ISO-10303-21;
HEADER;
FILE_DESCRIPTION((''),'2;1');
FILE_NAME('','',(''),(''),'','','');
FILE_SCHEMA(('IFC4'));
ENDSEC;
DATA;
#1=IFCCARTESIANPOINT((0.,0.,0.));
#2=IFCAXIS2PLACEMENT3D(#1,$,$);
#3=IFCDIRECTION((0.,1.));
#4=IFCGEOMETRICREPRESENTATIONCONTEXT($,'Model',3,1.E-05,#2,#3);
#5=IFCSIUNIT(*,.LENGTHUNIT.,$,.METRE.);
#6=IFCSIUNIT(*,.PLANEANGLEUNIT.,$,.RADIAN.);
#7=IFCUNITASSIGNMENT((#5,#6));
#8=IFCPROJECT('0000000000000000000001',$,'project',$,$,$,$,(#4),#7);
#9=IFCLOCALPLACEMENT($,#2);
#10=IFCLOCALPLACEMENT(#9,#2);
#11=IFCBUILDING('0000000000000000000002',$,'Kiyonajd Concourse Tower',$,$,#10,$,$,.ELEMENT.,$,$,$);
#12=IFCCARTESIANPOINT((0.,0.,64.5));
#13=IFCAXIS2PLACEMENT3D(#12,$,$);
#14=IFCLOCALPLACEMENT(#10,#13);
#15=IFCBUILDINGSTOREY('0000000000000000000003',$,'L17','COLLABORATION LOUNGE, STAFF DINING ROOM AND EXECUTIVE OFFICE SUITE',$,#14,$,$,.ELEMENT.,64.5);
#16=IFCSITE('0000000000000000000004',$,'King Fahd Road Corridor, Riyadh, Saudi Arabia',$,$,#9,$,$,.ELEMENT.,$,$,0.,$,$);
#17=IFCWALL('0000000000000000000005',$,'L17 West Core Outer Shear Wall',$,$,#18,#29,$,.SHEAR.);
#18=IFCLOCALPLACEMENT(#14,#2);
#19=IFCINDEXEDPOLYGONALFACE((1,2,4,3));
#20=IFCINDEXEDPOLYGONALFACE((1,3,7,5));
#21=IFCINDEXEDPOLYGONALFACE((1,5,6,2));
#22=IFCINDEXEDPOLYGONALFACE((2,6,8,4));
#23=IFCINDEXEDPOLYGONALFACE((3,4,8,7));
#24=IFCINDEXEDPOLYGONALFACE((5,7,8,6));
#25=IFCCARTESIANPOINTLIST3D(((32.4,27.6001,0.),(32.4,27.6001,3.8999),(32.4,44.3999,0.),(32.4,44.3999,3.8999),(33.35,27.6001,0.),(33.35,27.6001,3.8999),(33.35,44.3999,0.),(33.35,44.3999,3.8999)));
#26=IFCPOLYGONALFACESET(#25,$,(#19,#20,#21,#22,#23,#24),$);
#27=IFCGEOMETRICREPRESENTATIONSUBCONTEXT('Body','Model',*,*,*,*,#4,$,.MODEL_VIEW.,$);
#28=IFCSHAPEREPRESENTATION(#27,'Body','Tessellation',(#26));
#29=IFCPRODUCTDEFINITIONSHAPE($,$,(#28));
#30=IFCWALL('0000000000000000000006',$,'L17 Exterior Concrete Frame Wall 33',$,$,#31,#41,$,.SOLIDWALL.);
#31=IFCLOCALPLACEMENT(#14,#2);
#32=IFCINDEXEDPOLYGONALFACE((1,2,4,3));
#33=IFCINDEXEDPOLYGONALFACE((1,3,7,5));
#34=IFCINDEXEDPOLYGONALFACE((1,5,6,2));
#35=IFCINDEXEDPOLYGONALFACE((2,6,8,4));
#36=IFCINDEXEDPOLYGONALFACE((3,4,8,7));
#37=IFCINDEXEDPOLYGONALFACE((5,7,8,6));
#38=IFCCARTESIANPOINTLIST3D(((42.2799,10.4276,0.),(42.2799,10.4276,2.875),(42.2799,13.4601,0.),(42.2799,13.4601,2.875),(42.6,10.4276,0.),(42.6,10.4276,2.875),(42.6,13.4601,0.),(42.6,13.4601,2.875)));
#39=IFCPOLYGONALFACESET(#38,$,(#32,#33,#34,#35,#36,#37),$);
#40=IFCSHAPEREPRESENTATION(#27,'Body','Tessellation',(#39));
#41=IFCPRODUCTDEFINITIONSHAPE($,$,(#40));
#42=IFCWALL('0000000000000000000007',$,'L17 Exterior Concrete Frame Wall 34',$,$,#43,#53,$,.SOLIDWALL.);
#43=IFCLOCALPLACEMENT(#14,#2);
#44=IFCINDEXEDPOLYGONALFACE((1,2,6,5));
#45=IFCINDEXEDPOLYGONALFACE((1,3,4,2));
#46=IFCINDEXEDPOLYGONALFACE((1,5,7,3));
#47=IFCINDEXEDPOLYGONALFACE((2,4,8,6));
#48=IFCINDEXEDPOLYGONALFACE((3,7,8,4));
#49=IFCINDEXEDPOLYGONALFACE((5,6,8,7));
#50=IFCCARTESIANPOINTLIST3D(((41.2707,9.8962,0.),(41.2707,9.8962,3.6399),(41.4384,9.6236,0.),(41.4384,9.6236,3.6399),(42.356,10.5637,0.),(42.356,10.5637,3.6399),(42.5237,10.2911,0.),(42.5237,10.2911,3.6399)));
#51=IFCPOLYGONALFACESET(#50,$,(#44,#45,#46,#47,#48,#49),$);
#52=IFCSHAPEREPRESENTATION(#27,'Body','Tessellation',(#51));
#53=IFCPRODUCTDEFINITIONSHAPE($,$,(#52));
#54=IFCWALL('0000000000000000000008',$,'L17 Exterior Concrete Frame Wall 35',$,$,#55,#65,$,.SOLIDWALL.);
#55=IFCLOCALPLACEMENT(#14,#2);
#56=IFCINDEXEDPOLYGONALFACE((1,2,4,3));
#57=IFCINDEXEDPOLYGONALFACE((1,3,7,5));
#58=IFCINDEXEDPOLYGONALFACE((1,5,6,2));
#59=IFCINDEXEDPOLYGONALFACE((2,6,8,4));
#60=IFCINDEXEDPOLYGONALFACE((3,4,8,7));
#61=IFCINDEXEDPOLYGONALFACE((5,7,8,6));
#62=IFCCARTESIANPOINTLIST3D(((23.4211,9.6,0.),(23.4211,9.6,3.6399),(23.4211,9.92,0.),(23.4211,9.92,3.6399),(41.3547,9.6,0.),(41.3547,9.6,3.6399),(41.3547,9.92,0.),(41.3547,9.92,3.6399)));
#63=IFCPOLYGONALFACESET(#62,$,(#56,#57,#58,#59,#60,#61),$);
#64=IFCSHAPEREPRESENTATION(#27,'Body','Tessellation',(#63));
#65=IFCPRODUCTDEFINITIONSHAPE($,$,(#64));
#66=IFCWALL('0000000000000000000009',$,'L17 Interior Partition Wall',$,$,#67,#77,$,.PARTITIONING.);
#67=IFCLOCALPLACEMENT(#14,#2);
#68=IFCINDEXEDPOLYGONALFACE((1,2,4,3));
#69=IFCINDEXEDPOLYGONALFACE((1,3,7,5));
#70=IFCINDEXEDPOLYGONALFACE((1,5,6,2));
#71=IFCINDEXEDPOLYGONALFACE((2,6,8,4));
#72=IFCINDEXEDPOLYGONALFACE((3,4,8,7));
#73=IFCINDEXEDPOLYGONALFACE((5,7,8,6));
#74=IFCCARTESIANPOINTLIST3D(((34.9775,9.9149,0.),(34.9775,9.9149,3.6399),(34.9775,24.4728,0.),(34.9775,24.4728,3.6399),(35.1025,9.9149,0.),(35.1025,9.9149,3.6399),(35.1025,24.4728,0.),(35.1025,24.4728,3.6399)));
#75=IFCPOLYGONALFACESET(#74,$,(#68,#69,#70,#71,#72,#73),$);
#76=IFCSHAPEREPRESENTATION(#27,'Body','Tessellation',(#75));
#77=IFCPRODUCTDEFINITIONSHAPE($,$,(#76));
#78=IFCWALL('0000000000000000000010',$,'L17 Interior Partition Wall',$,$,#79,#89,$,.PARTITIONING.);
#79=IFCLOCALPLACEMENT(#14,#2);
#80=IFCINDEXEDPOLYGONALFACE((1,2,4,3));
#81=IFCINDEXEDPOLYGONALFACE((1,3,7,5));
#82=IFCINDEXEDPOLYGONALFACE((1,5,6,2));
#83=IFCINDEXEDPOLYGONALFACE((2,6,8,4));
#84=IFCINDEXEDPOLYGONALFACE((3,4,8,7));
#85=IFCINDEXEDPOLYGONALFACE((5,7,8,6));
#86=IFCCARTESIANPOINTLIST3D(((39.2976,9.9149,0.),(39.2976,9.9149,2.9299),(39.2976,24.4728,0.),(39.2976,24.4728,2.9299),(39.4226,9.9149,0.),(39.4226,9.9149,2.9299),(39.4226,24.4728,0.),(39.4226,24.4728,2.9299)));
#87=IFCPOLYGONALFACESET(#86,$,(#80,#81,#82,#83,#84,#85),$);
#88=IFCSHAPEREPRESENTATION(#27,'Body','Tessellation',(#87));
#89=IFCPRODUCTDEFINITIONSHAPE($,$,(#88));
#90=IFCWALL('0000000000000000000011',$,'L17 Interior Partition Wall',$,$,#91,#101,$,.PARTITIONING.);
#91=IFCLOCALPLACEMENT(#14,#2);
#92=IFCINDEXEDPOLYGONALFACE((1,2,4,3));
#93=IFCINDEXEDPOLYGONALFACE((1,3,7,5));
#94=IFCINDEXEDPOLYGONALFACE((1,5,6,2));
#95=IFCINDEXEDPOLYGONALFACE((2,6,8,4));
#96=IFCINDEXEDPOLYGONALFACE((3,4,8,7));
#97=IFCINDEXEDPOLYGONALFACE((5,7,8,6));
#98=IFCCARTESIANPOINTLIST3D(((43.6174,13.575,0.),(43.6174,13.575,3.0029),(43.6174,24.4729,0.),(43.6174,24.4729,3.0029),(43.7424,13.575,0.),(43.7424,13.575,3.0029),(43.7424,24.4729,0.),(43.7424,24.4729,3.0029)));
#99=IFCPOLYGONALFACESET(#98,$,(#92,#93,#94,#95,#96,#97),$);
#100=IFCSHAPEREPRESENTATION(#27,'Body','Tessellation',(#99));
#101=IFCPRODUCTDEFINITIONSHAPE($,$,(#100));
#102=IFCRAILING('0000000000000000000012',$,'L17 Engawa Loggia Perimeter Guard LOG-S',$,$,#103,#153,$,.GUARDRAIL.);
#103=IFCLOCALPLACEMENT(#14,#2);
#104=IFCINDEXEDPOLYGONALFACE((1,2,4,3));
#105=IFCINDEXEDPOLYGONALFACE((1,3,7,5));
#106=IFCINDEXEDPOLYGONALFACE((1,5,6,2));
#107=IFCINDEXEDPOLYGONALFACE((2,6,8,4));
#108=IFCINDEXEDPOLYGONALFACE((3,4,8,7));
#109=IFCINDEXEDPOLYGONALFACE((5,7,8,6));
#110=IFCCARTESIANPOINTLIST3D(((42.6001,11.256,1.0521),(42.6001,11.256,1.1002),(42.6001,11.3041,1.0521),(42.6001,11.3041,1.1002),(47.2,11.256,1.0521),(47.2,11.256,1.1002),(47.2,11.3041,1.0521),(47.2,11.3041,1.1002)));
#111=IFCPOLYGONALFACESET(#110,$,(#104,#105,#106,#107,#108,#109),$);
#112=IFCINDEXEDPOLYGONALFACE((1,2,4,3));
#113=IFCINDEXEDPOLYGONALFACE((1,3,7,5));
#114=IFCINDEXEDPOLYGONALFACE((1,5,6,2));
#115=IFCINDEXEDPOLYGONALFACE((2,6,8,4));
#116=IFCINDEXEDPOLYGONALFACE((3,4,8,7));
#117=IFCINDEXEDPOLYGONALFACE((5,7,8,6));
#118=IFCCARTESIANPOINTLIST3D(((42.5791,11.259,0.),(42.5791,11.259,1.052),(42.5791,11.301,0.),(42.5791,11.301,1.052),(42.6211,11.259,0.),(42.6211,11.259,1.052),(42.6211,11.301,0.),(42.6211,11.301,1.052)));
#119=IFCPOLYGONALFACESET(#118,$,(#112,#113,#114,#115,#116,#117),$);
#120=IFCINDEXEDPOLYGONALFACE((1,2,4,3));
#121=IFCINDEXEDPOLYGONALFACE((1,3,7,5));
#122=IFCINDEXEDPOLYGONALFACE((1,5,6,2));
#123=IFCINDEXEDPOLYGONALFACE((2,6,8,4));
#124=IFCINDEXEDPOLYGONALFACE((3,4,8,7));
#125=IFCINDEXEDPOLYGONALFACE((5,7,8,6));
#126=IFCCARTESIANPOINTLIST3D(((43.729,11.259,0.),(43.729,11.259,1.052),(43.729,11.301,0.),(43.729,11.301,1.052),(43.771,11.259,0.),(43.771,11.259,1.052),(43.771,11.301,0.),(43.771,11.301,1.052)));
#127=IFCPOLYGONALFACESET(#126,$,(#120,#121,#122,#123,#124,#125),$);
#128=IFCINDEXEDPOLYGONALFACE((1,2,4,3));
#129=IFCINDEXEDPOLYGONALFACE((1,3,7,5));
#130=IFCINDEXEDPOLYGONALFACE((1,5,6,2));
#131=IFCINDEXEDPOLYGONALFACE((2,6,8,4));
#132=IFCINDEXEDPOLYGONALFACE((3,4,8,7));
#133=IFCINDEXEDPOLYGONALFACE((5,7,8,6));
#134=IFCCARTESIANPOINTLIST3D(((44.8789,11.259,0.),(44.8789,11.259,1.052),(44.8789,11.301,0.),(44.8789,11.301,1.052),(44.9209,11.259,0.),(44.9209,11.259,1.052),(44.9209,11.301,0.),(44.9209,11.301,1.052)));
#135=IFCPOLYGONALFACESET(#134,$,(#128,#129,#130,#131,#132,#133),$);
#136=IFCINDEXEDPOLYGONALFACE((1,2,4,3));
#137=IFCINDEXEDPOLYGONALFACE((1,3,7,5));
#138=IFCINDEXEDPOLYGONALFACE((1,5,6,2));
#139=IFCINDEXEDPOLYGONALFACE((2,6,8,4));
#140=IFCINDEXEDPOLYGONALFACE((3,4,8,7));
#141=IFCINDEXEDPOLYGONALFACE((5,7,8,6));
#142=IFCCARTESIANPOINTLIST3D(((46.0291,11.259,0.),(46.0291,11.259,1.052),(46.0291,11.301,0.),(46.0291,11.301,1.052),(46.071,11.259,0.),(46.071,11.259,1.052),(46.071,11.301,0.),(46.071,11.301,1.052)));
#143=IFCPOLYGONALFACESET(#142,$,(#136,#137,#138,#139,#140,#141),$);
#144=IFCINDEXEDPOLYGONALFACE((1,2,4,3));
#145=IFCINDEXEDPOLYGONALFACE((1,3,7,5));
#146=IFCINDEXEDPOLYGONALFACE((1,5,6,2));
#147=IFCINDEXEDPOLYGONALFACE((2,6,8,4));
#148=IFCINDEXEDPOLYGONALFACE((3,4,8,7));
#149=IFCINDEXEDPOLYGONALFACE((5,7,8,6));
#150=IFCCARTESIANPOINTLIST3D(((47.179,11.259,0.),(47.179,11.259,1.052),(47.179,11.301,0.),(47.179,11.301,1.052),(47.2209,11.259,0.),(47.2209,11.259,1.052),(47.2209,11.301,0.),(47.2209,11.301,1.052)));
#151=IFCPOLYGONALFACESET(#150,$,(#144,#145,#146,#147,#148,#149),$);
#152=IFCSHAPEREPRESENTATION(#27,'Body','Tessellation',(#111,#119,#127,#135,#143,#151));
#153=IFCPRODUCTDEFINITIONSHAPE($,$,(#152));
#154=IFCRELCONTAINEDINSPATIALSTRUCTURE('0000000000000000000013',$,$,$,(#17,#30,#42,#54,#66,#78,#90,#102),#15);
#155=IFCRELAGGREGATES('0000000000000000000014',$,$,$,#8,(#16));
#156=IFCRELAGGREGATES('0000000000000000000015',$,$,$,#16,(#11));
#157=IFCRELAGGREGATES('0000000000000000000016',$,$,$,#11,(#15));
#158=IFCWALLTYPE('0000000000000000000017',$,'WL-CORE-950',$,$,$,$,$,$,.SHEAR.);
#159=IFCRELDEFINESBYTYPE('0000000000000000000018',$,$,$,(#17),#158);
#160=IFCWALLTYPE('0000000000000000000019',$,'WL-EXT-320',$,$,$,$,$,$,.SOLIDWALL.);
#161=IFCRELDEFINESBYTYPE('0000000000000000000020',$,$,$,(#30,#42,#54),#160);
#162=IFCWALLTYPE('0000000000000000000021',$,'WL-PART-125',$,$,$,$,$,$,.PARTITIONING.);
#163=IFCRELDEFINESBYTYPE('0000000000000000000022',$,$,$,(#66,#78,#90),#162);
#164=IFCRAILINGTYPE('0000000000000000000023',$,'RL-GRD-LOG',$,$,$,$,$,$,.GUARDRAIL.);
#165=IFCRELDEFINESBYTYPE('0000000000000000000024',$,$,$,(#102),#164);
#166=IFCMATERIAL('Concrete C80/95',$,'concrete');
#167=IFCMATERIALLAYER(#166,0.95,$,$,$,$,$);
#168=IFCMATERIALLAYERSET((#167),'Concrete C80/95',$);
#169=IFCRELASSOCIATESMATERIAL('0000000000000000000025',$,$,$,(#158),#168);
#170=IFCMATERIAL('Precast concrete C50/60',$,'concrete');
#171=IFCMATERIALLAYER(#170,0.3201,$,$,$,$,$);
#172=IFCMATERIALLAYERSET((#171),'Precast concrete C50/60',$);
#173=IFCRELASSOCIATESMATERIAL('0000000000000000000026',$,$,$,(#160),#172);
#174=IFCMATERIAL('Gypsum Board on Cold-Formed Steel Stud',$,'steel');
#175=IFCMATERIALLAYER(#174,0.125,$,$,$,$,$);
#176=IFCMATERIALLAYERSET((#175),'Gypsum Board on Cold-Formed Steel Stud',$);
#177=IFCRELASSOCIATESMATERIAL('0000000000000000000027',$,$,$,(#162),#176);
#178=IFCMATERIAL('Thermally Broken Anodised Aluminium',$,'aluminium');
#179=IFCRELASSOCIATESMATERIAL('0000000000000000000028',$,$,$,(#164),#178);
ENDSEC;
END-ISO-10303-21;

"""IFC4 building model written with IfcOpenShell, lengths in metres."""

from ifc_helpers import new_model, si_unit, direction, frame, frame_2d, origin, origin_2d, place, context, subcontext, project, spatial, rectangle, extrude, material, layer, layer_set, type_object, element, save


model = new_model("IFC4")

# Units and contexts
model_context = context("Model", 3, precision=1e-05, world=origin(), true_north=direction((0.0, 1.0)))
body_context = subcontext(model_context, "Body", "Model", "MODEL_VIEW")
ifc_project = project(units=[si_unit("LENGTHUNIT", "METRE"), si_unit("PLANEANGLEUNIT", "RADIAN")], contexts=[model_context])

# Site, building, storey
site_placement = place(None, origin())
site = spatial("IfcSite", under=ifc_project, at=site_placement, Name="King Fahd Road Corridor, Riyadh, Saudi Arabia", CompositionType="ELEMENT", RefElevation=0.0)
building_placement = place(site_placement, origin())
building = spatial("IfcBuilding", under=site, at=building_placement, Name="Kiyonajd Concourse Tower", CompositionType="ELEMENT")
storey_placement = place(building_placement, frame((0.0, 0.0, 64.5)))
storey = spatial("IfcBuildingStorey", under=building, at=storey_placement, Name="L17", Description="COLLABORATION LOUNGE, STAFF DINING ROOM AND EXECUTIVE OFFICE SUITE", CompositionType="ELEMENT", Elevation=64.5)

# Shared definitions
ifc_material_1 = material(Name="Concrete C80/95", Category="concrete")

# Shared definitions
ifc_material_2 = material(Name="Precast concrete C50/60", Category="concrete")

# Shared definitions
ifc_material_3 = material(Name="Thermally Broken Anodised Aluminium", Category="aluminium")

# Walls
ifc_layer_1 = layer(ifc_material_1, 0.95)
ifc_layer_set_1 = layer_set([ifc_layer_1], Name="Concrete C80/95")
wall_type_1 = type_object("IfcWallType", Name="WL-CORE-950", PredefinedType="SHEAR", material=ifc_layer_set_1)
wall_1_placement = place(storey_placement, frame((32.875, 27.6001, 0.0), z_axis=(0.0, 0.0, 1.0), x_axis=(0.0, 1.0, 0.0)))
element("IfcWall", 1, at=wall_1_placement, inside=storey, type_object=wall_type_1, Name="L17 West Core Outer Shear Wall", PredefinedType="SHEAR", context=body_context, shape_type="SweptSolid", body=[
    extrude(rectangle(XDim=16.7998, YDim=0.95, at=frame_2d((8.3999, 0.0))), origin(), (0.0, 0.0, 1.0), 3.8999),
])
ifc_layer_2 = layer(ifc_material_2, 0.3201)
ifc_layer_set_2 = layer_set([ifc_layer_2], Name="Precast concrete C50/60")
wall_type_2 = type_object("IfcWallType", Name="WL-EXT-320", PredefinedType="SOLIDWALL", material=ifc_layer_set_2)
wall_2_placement = place(storey_placement, frame((42.4399, 13.46, 0.0), z_axis=(0.0, 0.0, 1.0), x_axis=(0.0, -1.0, 0.0)))
element("IfcWall", 2, at=wall_2_placement, inside=storey, type_object=wall_type_2, Name="L17 Exterior Concrete Frame Wall 33", PredefinedType="SOLIDWALL", context=body_context, shape_type="SweptSolid", body=[
    extrude(rectangle(XDim=3.0325, YDim=0.3201, at=frame_2d((1.5161, 0.0))), origin(), (0.0, 0.0, 1.0), 2.875),
])
wall_3_placement = place(storey_placement, frame((42.4399, 10.4275, 0.0), z_axis=(0.0, 0.0, 1.0), x_axis=(-0.851777, -0.523905, 0.0)))
element("IfcWall", 3, at=wall_3_placement, inside=storey, type_object=wall_type_2, Name="L17 Exterior Concrete Frame Wall 34", PredefinedType="SOLIDWALL", context=body_context, shape_type="SweptSolid", body=[
    extrude(rectangle(XDim=1.2742, YDim=0.3201, at=frame_2d((0.6372, 0.0))), origin(), (0.0, 0.0, 1.0), 3.6399),
])
wall_4_placement = place(storey_placement, frame((41.3547, 9.76, 0.0), z_axis=(0.0, 0.0, 1.0), x_axis=(-1.0, 0.0, 0.0)))
element("IfcWall", 4, at=wall_4_placement, inside=storey, type_object=wall_type_2, Name="L17 Exterior Concrete Frame Wall 35", PredefinedType="SOLIDWALL", context=body_context, shape_type="SweptSolid", body=[
    extrude(rectangle(XDim=17.9336, YDim=0.3201, at=frame_2d((8.9668, 0.0))), origin(), (0.0, 0.0, 1.0), 3.6399),
])
ifc_material_4 = material(Name="Gypsum Board on Cold-Formed Steel Stud", Category="steel")
ifc_layer_3 = layer(ifc_material_4, 0.125)
ifc_layer_set_3 = layer_set([ifc_layer_3], Name="Gypsum Board on Cold-Formed Steel Stud")
wall_type_3 = type_object("IfcWallType", Name="WL-PART-125", PredefinedType="PARTITIONING", material=ifc_layer_set_3)
wall_5_placement = place(storey_placement, frame((35.04, 9.915, 0.0), z_axis=(0.0, 0.0, 1.0), x_axis=(0.0, 1.0, 0.0)))
element("IfcWall", 5, at=wall_5_placement, inside=storey, type_object=wall_type_3, Name="L17 Interior Partition Wall", PredefinedType="PARTITIONING", context=body_context, shape_type="SweptSolid", body=[
    extrude(rectangle(XDim=14.5579, YDim=0.125, at=frame_2d((7.2788, 0.0))), origin(), (0.0, 0.0, 1.0), 3.6399),
])
wall_6_placement = place(storey_placement, frame((39.3601, 9.915, 0.0), z_axis=(0.0, 0.0, 1.0), x_axis=(0.0, 1.0, 0.0)))
element("IfcWall", 6, at=wall_6_placement, inside=storey, type_object=wall_type_3, Name="L17 Interior Partition Wall", PredefinedType="PARTITIONING", context=body_context, shape_type="SweptSolid", body=[
    extrude(rectangle(XDim=14.5579, YDim=0.125, at=frame_2d((7.2788, 0.0))), origin(), (0.0, 0.0, 1.0), 2.9299),
])
wall_7_placement = place(storey_placement, frame((43.6799, 13.575, 0.0), z_axis=(0.0, 0.0, 1.0), x_axis=(0.0, 1.0, 0.0)))
element("IfcWall", 7, at=wall_7_placement, inside=storey, type_object=wall_type_3, Name="L17 Interior Partition Wall", PredefinedType="PARTITIONING", context=body_context, shape_type="SweptSolid", body=[
    extrude(rectangle(XDim=10.8979, YDim=0.125, at=frame_2d((5.449, 0.0))), origin(), (0.0, 0.0, 1.0), 3.0029),
])

# Railing
railing_type = type_object("IfcRailingType", Name="RL-GRD-LOG", PredefinedType="GUARDRAIL", material=ifc_material_3)
railing_placement = place(storey_placement, frame((42.6001, 11.28, 0.0)))
element("IfcRailing", 8, at=railing_placement, inside=storey, type_object=railing_type, Name="L17 Engawa Loggia Perimeter Guard LOG-S", PredefinedType="GUARDRAIL", context=body_context, shape_type="SweptSolid", body=[
    extrude(rectangle(XDim=0.0481, YDim=0.0481, at=origin_2d()), frame((0.0, 0.0, 1.0762), z_axis=(1.0, 0.0, 0.0), x_axis=(0.0, 1.0, 0.0)), (0.0, 0.0, 1.0), 4.5999),
    extrude(rectangle(XDim=0.042, YDim=0.042, at=origin_2d()), origin(), (0.0, 0.0, 1.0), 1.052),
    extrude(rectangle(XDim=0.042, YDim=0.042, at=origin_2d()), frame((1.1499, 0.0, 0.0)), (0.0, 0.0, 1.0), 1.052),
    extrude(rectangle(XDim=0.042, YDim=0.042, at=origin_2d()), frame((2.2998, 0.0, 0.0)), (0.0, 0.0, 1.0), 1.052),
    extrude(rectangle(XDim=0.042, YDim=0.042, at=origin_2d()), frame((3.45, 0.0, 0.0)), (0.0, 0.0, 1.0), 1.052),
    extrude(rectangle(XDim=0.042, YDim=0.042, at=origin_2d()), frame((4.5999, 0.0, 0.0)), (0.0, 0.0, 1.0), 1.052),
])

save(model, "model.ifc")
